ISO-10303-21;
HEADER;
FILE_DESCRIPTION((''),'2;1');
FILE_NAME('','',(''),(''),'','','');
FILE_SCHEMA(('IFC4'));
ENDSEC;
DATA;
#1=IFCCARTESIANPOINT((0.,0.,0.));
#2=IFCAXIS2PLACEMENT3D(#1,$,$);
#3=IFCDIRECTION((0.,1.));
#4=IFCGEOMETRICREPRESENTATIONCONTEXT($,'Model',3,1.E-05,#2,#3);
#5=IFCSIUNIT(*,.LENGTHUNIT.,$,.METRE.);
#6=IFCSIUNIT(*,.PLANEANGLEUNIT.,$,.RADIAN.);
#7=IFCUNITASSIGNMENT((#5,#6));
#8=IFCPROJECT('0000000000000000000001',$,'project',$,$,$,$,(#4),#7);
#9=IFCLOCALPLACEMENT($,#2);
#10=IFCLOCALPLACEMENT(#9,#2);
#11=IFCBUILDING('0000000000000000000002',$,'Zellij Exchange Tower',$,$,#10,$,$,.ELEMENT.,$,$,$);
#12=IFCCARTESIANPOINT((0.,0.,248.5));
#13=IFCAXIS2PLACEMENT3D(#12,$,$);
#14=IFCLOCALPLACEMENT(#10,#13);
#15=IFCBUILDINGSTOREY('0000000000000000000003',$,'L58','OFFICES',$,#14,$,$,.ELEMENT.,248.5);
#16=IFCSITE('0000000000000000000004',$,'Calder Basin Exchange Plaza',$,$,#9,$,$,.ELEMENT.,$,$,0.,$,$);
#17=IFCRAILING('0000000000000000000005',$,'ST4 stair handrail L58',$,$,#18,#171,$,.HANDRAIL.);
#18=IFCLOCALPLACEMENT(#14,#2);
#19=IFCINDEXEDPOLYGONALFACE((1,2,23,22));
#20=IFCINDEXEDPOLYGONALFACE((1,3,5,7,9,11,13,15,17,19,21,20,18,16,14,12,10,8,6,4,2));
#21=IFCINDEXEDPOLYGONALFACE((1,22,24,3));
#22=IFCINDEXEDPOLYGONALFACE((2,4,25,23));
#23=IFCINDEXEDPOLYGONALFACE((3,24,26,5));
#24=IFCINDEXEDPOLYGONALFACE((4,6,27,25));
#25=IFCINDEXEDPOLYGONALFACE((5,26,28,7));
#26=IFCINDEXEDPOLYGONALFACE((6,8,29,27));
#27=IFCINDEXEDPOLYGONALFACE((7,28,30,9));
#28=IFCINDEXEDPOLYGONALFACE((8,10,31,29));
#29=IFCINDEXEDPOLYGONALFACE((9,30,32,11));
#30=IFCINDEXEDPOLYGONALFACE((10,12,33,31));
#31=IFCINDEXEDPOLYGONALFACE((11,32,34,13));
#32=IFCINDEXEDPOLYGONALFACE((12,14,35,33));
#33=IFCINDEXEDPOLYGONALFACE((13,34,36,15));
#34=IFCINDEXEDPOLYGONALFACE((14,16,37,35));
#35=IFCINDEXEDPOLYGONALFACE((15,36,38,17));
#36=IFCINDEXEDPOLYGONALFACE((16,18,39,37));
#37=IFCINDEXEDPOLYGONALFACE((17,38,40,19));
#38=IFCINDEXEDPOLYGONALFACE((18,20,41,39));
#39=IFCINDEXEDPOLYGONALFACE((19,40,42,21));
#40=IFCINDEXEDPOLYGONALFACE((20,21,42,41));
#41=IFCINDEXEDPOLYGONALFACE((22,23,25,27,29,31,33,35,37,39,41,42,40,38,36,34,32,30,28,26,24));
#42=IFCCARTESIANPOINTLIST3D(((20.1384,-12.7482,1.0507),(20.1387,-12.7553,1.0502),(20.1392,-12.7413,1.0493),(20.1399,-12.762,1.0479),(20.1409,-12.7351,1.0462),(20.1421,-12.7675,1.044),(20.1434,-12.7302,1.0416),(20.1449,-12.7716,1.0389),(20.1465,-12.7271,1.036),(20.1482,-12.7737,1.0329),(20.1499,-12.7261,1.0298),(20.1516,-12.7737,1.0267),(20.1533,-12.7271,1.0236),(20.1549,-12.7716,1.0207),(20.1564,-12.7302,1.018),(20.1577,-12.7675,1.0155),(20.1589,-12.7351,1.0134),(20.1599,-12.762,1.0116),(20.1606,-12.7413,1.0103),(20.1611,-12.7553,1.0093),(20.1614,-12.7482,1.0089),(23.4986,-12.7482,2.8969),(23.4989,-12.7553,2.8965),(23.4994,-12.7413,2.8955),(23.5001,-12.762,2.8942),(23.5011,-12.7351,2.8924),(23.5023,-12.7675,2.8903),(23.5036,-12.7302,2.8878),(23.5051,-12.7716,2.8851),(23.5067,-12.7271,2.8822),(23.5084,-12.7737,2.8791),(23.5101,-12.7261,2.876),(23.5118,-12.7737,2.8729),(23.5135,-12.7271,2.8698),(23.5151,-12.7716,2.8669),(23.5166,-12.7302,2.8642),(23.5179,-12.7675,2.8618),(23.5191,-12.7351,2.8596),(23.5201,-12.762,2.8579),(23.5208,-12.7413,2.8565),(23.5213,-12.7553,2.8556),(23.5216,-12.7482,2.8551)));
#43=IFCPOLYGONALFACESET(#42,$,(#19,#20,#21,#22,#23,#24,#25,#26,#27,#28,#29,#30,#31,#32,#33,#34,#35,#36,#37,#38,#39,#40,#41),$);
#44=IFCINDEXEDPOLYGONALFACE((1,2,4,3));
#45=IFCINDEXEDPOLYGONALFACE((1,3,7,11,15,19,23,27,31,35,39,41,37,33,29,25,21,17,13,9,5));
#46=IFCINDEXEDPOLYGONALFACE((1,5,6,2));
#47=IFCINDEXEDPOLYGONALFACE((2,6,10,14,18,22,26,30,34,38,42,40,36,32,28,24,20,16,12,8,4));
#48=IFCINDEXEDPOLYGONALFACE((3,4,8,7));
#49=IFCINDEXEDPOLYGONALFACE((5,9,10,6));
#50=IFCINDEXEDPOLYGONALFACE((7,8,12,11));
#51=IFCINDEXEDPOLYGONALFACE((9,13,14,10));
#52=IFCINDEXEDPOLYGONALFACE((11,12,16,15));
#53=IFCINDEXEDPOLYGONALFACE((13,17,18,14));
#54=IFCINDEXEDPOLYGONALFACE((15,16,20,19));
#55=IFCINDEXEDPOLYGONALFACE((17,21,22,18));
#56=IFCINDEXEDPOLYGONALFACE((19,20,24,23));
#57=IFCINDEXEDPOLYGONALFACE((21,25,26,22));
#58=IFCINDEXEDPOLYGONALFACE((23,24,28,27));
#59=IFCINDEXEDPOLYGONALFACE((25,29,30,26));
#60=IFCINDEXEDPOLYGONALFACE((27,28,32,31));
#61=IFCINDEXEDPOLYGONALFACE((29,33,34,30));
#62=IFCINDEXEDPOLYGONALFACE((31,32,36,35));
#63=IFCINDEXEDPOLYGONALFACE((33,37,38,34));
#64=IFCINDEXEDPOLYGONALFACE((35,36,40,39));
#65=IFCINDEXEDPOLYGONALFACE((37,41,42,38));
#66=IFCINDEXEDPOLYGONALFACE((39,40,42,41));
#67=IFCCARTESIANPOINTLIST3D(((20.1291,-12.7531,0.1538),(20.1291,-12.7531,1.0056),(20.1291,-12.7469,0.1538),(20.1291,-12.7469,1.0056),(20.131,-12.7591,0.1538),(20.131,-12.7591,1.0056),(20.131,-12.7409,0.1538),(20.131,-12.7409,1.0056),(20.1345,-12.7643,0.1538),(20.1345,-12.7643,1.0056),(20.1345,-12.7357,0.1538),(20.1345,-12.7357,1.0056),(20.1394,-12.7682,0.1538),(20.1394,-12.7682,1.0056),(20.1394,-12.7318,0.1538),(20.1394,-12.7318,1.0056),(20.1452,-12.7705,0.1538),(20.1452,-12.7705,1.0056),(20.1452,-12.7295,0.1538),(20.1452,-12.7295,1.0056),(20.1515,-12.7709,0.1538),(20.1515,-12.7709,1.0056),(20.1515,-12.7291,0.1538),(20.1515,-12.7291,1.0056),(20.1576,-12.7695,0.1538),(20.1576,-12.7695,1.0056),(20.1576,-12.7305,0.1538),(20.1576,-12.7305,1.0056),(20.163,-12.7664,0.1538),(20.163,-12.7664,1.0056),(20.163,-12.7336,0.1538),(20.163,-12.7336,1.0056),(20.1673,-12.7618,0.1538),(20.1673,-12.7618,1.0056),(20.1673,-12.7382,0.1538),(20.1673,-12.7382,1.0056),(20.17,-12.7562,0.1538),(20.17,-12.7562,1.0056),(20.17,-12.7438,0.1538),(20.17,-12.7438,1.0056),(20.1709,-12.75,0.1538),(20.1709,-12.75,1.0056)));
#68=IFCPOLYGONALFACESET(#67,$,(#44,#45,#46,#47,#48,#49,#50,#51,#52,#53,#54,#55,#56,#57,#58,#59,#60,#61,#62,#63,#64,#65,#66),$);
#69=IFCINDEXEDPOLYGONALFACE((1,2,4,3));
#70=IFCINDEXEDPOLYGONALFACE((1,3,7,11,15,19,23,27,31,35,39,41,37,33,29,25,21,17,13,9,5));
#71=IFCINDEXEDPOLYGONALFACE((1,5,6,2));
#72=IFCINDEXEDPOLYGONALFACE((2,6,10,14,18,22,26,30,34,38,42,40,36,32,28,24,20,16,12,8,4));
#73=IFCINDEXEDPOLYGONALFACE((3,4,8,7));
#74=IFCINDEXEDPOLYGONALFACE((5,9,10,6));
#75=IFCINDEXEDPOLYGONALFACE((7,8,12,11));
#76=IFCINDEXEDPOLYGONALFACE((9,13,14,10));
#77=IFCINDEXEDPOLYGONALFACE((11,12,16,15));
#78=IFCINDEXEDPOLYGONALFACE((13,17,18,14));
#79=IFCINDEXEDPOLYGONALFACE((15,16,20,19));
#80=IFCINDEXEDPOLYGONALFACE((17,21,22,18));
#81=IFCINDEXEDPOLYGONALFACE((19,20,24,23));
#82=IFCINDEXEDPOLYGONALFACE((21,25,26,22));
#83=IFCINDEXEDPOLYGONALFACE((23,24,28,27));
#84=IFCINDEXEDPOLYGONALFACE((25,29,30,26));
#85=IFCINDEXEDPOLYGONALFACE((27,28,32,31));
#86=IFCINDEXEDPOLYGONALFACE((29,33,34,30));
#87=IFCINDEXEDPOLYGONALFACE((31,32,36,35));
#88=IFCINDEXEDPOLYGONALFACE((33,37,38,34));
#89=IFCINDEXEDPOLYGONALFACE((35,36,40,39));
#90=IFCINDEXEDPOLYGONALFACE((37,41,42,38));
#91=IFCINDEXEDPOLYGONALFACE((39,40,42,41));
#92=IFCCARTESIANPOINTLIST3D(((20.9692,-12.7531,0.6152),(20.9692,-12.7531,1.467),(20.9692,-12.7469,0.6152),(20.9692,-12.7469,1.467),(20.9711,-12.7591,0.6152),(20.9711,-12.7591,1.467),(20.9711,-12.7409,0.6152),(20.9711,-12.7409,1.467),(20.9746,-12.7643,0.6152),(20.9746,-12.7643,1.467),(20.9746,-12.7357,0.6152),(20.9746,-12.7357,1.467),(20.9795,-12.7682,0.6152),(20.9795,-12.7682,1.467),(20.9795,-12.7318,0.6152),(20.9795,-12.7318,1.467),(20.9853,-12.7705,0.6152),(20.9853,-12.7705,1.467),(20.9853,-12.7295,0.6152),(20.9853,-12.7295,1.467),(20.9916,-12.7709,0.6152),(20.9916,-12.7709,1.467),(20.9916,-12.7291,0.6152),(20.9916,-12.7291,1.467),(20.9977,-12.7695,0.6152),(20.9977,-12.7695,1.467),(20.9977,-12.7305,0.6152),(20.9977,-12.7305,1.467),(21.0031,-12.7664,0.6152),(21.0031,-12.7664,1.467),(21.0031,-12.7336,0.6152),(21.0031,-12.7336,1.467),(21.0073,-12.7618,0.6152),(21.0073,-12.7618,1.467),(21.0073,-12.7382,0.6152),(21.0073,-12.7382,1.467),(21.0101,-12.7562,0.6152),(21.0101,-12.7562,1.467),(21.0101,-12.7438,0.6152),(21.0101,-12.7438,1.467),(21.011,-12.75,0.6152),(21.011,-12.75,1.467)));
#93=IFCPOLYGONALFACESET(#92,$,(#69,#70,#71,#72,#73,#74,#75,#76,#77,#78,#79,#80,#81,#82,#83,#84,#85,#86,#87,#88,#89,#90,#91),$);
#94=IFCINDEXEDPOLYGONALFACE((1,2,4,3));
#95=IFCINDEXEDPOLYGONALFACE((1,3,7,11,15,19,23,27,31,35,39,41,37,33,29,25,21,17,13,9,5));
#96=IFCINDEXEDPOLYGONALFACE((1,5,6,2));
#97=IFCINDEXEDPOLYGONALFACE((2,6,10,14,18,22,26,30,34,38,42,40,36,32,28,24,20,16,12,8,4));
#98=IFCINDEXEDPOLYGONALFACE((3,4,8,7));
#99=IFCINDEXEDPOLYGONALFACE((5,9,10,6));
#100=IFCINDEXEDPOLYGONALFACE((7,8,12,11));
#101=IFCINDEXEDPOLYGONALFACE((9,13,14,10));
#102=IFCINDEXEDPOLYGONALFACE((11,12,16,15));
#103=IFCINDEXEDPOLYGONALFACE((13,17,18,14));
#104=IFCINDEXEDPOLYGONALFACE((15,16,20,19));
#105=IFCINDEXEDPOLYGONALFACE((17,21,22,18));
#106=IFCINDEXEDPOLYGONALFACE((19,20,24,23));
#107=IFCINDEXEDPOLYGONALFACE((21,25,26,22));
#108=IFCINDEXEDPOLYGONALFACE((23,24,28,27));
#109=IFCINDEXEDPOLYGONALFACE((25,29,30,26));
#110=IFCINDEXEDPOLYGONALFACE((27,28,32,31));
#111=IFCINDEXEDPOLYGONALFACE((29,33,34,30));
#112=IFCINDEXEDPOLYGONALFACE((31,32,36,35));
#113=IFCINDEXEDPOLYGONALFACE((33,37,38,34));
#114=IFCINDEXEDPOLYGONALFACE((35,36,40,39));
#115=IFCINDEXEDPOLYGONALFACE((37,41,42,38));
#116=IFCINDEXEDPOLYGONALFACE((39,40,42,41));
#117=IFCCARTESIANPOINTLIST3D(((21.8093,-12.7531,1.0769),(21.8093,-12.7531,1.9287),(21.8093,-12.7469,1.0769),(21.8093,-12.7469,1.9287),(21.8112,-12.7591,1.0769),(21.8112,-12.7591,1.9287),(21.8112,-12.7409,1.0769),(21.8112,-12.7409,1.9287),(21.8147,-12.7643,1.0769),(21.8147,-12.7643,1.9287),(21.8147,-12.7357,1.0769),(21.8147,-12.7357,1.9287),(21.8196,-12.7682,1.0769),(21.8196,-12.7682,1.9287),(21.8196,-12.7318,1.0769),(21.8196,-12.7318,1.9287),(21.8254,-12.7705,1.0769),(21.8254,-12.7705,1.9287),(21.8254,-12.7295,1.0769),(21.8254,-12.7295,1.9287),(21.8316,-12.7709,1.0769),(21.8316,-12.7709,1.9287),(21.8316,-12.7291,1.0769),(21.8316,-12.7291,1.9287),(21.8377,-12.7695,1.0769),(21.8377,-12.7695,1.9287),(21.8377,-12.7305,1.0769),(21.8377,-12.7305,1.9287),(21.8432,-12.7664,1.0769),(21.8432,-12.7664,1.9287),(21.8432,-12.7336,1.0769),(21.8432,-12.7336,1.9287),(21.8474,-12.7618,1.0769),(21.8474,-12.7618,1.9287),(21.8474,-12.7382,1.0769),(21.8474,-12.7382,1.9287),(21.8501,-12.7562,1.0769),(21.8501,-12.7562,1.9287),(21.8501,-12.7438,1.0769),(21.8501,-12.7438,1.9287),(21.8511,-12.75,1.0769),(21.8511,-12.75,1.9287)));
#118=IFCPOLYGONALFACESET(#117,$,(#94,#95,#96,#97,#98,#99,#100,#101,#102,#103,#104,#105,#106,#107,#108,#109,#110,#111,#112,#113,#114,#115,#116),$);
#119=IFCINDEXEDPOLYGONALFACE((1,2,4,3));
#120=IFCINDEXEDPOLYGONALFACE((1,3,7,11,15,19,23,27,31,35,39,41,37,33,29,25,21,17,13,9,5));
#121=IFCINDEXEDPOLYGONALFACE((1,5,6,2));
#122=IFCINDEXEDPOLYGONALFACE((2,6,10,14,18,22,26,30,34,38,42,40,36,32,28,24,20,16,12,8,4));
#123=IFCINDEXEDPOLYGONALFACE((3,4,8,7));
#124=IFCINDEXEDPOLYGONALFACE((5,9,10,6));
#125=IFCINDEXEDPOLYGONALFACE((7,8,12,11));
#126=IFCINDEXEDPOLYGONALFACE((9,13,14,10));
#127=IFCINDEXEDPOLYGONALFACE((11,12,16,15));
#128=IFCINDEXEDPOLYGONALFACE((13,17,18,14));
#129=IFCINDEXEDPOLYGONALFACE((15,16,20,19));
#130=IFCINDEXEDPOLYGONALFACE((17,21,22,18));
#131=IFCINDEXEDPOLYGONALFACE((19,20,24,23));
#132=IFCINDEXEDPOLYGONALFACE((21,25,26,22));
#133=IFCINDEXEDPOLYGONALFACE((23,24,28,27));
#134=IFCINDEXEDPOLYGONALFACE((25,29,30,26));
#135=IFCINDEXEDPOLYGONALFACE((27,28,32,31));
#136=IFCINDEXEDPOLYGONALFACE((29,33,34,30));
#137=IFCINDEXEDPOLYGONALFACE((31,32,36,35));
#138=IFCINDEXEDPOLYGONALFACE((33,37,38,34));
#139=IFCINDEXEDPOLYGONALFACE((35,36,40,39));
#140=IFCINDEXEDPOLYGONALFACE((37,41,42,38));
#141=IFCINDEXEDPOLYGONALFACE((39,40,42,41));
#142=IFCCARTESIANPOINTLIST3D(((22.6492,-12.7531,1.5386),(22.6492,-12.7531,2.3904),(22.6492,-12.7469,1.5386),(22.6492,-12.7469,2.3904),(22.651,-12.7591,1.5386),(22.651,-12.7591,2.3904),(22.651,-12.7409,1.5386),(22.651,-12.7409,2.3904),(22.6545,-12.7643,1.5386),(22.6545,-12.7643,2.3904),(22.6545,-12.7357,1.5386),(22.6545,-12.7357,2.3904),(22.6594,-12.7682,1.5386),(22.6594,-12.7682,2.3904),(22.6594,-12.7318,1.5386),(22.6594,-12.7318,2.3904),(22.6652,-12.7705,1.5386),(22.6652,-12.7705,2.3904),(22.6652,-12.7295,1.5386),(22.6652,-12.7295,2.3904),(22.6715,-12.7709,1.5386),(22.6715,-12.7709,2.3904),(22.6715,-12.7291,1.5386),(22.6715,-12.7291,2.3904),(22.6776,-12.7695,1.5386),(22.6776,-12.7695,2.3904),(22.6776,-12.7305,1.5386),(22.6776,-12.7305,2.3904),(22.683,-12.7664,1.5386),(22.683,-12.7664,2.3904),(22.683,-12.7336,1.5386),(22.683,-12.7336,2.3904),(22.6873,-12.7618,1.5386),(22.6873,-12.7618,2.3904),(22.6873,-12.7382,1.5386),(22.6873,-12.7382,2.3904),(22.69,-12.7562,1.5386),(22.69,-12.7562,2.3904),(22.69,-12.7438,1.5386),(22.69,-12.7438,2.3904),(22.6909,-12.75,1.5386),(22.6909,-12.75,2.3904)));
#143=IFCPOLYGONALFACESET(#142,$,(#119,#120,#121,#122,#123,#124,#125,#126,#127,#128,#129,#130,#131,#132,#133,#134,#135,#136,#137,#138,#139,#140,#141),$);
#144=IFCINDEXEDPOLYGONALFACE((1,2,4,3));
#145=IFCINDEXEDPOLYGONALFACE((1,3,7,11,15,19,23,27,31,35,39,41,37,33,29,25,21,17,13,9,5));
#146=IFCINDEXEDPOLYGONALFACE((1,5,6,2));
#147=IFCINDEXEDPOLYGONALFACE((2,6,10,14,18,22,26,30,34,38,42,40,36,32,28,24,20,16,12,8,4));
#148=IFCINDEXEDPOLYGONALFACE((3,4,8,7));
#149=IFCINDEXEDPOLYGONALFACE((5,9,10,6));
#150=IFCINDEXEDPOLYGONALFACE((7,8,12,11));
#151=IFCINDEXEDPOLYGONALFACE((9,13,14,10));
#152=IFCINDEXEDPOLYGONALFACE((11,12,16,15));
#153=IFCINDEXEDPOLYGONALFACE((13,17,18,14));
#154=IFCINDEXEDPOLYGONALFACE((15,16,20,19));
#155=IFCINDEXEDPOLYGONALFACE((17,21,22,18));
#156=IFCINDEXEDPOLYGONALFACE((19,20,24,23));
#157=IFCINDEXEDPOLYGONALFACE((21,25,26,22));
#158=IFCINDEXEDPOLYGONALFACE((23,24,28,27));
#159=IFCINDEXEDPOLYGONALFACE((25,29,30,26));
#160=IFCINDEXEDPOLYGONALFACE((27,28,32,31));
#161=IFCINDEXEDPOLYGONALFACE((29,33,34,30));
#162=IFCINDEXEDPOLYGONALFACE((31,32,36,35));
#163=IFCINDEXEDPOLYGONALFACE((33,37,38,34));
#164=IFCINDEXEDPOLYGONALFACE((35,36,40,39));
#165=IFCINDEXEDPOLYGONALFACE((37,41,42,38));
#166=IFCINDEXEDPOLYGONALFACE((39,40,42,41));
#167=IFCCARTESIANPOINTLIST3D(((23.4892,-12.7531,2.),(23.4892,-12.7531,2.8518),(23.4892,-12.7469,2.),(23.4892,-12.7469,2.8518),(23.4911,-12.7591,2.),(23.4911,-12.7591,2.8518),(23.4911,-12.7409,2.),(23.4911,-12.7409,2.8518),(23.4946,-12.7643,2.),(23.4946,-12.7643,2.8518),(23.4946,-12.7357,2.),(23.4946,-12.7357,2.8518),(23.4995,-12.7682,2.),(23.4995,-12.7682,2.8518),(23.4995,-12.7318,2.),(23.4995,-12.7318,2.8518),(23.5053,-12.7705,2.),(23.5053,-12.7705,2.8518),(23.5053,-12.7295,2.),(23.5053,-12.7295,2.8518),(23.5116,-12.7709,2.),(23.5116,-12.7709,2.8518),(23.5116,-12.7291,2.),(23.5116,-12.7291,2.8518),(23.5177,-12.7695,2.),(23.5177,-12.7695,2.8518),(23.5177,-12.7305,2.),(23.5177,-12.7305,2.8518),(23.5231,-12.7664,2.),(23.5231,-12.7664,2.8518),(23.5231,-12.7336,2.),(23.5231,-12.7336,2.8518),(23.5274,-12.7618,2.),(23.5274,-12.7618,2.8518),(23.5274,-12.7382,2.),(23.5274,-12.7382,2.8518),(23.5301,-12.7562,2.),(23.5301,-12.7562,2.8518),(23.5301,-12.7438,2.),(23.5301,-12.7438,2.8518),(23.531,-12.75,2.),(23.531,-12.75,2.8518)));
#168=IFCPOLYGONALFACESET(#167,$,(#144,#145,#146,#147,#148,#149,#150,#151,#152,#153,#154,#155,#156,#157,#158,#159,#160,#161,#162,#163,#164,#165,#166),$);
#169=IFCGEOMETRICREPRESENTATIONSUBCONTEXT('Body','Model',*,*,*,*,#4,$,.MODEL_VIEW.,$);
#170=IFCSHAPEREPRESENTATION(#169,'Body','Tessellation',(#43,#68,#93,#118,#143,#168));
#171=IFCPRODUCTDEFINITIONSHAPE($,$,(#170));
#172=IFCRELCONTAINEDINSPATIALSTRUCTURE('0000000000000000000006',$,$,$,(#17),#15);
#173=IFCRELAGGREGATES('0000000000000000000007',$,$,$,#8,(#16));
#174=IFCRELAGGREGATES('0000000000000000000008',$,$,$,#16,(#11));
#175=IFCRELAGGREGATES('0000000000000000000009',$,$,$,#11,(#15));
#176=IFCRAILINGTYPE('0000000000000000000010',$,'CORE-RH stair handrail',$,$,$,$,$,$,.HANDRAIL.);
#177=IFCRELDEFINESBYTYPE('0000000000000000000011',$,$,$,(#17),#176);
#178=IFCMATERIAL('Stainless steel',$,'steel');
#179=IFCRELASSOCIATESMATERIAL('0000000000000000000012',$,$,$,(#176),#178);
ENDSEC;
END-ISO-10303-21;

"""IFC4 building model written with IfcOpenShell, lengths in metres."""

from ifc_helpers import new_model, si_unit, direction, frame, origin, origin_2d, place, context, subcontext, project, spatial, circle, extrude, material, type_object, element, save


model = new_model("IFC4")

# Units and contexts
model_context = context("Model", 3, precision=1e-05, world=origin(), true_north=direction((0.0, 1.0)))
body_context = subcontext(model_context, "Body", "Model", "MODEL_VIEW")
ifc_project = project(units=[si_unit("LENGTHUNIT", "METRE"), si_unit("PLANEANGLEUNIT", "RADIAN")], contexts=[model_context])

# Site, building, storey
site_placement = place(None, origin())
site = spatial("IfcSite", under=ifc_project, at=site_placement, Name="Calder Basin Exchange Plaza", CompositionType="ELEMENT", RefElevation=0.0)
building_placement = place(site_placement, origin())
building = spatial("IfcBuilding", under=site, at=building_placement, Name="Zellij Exchange Tower", CompositionType="ELEMENT")
storey_placement = place(building_placement, frame((0.0, 0.0, 248.5)))
storey = spatial("IfcBuildingStorey", under=building, at=storey_placement, Name="L58", Description="OFFICES", CompositionType="ELEMENT", Elevation=248.5)

# Railing
ifc_material_1 = material(Name="Stainless steel", Category="steel")
railing_type_1 = type_object("IfcRailingType", Name="CORE-RH stair handrail", PredefinedType="HANDRAIL", material=ifc_material_1)
railing_1_placement = place(storey_placement, frame((20.1499, -12.75, 0.1538)))
element("IfcRailing", 1, at=railing_1_placement, inside=storey, type_object=railing_type_1, Name="ST4 stair handrail L58", PredefinedType="HANDRAIL", context=body_context, shape_type="SweptSolid", body=[
    extrude(circle(Radius=0.0239, at=origin_2d()), frame((0.0, 0.0, 0.876), z_axis=(0.876422, 0.0, 0.481545), x_axis=(0.0, 1.0, 0.0)), (0.0, 0.0, 1.0), 3.834),
    extrude(circle(Radius=0.021, at=origin_2d()), origin(), (0.0, 0.0, 1.0), 0.8518),
    extrude(circle(Radius=0.021, at=origin_2d()), frame((0.8401, 0.0, 0.4614)), (0.0, 0.0, 1.0), 0.8518),
    extrude(circle(Radius=0.021, at=origin_2d()), frame((1.6802, 0.0, 0.9231)), (0.0, 0.0, 1.0), 0.8518),
    extrude(circle(Radius=0.021, at=origin_2d()), frame((2.52, 0.0, 1.3848)), (0.0, 0.0, 1.0), 0.8518),
    extrude(circle(Radius=0.021, at=origin_2d()), frame((3.3601, 0.0, 1.8462)), (0.0, 0.0, 1.0), 0.8518),
])

save(model, "model.ifc")
